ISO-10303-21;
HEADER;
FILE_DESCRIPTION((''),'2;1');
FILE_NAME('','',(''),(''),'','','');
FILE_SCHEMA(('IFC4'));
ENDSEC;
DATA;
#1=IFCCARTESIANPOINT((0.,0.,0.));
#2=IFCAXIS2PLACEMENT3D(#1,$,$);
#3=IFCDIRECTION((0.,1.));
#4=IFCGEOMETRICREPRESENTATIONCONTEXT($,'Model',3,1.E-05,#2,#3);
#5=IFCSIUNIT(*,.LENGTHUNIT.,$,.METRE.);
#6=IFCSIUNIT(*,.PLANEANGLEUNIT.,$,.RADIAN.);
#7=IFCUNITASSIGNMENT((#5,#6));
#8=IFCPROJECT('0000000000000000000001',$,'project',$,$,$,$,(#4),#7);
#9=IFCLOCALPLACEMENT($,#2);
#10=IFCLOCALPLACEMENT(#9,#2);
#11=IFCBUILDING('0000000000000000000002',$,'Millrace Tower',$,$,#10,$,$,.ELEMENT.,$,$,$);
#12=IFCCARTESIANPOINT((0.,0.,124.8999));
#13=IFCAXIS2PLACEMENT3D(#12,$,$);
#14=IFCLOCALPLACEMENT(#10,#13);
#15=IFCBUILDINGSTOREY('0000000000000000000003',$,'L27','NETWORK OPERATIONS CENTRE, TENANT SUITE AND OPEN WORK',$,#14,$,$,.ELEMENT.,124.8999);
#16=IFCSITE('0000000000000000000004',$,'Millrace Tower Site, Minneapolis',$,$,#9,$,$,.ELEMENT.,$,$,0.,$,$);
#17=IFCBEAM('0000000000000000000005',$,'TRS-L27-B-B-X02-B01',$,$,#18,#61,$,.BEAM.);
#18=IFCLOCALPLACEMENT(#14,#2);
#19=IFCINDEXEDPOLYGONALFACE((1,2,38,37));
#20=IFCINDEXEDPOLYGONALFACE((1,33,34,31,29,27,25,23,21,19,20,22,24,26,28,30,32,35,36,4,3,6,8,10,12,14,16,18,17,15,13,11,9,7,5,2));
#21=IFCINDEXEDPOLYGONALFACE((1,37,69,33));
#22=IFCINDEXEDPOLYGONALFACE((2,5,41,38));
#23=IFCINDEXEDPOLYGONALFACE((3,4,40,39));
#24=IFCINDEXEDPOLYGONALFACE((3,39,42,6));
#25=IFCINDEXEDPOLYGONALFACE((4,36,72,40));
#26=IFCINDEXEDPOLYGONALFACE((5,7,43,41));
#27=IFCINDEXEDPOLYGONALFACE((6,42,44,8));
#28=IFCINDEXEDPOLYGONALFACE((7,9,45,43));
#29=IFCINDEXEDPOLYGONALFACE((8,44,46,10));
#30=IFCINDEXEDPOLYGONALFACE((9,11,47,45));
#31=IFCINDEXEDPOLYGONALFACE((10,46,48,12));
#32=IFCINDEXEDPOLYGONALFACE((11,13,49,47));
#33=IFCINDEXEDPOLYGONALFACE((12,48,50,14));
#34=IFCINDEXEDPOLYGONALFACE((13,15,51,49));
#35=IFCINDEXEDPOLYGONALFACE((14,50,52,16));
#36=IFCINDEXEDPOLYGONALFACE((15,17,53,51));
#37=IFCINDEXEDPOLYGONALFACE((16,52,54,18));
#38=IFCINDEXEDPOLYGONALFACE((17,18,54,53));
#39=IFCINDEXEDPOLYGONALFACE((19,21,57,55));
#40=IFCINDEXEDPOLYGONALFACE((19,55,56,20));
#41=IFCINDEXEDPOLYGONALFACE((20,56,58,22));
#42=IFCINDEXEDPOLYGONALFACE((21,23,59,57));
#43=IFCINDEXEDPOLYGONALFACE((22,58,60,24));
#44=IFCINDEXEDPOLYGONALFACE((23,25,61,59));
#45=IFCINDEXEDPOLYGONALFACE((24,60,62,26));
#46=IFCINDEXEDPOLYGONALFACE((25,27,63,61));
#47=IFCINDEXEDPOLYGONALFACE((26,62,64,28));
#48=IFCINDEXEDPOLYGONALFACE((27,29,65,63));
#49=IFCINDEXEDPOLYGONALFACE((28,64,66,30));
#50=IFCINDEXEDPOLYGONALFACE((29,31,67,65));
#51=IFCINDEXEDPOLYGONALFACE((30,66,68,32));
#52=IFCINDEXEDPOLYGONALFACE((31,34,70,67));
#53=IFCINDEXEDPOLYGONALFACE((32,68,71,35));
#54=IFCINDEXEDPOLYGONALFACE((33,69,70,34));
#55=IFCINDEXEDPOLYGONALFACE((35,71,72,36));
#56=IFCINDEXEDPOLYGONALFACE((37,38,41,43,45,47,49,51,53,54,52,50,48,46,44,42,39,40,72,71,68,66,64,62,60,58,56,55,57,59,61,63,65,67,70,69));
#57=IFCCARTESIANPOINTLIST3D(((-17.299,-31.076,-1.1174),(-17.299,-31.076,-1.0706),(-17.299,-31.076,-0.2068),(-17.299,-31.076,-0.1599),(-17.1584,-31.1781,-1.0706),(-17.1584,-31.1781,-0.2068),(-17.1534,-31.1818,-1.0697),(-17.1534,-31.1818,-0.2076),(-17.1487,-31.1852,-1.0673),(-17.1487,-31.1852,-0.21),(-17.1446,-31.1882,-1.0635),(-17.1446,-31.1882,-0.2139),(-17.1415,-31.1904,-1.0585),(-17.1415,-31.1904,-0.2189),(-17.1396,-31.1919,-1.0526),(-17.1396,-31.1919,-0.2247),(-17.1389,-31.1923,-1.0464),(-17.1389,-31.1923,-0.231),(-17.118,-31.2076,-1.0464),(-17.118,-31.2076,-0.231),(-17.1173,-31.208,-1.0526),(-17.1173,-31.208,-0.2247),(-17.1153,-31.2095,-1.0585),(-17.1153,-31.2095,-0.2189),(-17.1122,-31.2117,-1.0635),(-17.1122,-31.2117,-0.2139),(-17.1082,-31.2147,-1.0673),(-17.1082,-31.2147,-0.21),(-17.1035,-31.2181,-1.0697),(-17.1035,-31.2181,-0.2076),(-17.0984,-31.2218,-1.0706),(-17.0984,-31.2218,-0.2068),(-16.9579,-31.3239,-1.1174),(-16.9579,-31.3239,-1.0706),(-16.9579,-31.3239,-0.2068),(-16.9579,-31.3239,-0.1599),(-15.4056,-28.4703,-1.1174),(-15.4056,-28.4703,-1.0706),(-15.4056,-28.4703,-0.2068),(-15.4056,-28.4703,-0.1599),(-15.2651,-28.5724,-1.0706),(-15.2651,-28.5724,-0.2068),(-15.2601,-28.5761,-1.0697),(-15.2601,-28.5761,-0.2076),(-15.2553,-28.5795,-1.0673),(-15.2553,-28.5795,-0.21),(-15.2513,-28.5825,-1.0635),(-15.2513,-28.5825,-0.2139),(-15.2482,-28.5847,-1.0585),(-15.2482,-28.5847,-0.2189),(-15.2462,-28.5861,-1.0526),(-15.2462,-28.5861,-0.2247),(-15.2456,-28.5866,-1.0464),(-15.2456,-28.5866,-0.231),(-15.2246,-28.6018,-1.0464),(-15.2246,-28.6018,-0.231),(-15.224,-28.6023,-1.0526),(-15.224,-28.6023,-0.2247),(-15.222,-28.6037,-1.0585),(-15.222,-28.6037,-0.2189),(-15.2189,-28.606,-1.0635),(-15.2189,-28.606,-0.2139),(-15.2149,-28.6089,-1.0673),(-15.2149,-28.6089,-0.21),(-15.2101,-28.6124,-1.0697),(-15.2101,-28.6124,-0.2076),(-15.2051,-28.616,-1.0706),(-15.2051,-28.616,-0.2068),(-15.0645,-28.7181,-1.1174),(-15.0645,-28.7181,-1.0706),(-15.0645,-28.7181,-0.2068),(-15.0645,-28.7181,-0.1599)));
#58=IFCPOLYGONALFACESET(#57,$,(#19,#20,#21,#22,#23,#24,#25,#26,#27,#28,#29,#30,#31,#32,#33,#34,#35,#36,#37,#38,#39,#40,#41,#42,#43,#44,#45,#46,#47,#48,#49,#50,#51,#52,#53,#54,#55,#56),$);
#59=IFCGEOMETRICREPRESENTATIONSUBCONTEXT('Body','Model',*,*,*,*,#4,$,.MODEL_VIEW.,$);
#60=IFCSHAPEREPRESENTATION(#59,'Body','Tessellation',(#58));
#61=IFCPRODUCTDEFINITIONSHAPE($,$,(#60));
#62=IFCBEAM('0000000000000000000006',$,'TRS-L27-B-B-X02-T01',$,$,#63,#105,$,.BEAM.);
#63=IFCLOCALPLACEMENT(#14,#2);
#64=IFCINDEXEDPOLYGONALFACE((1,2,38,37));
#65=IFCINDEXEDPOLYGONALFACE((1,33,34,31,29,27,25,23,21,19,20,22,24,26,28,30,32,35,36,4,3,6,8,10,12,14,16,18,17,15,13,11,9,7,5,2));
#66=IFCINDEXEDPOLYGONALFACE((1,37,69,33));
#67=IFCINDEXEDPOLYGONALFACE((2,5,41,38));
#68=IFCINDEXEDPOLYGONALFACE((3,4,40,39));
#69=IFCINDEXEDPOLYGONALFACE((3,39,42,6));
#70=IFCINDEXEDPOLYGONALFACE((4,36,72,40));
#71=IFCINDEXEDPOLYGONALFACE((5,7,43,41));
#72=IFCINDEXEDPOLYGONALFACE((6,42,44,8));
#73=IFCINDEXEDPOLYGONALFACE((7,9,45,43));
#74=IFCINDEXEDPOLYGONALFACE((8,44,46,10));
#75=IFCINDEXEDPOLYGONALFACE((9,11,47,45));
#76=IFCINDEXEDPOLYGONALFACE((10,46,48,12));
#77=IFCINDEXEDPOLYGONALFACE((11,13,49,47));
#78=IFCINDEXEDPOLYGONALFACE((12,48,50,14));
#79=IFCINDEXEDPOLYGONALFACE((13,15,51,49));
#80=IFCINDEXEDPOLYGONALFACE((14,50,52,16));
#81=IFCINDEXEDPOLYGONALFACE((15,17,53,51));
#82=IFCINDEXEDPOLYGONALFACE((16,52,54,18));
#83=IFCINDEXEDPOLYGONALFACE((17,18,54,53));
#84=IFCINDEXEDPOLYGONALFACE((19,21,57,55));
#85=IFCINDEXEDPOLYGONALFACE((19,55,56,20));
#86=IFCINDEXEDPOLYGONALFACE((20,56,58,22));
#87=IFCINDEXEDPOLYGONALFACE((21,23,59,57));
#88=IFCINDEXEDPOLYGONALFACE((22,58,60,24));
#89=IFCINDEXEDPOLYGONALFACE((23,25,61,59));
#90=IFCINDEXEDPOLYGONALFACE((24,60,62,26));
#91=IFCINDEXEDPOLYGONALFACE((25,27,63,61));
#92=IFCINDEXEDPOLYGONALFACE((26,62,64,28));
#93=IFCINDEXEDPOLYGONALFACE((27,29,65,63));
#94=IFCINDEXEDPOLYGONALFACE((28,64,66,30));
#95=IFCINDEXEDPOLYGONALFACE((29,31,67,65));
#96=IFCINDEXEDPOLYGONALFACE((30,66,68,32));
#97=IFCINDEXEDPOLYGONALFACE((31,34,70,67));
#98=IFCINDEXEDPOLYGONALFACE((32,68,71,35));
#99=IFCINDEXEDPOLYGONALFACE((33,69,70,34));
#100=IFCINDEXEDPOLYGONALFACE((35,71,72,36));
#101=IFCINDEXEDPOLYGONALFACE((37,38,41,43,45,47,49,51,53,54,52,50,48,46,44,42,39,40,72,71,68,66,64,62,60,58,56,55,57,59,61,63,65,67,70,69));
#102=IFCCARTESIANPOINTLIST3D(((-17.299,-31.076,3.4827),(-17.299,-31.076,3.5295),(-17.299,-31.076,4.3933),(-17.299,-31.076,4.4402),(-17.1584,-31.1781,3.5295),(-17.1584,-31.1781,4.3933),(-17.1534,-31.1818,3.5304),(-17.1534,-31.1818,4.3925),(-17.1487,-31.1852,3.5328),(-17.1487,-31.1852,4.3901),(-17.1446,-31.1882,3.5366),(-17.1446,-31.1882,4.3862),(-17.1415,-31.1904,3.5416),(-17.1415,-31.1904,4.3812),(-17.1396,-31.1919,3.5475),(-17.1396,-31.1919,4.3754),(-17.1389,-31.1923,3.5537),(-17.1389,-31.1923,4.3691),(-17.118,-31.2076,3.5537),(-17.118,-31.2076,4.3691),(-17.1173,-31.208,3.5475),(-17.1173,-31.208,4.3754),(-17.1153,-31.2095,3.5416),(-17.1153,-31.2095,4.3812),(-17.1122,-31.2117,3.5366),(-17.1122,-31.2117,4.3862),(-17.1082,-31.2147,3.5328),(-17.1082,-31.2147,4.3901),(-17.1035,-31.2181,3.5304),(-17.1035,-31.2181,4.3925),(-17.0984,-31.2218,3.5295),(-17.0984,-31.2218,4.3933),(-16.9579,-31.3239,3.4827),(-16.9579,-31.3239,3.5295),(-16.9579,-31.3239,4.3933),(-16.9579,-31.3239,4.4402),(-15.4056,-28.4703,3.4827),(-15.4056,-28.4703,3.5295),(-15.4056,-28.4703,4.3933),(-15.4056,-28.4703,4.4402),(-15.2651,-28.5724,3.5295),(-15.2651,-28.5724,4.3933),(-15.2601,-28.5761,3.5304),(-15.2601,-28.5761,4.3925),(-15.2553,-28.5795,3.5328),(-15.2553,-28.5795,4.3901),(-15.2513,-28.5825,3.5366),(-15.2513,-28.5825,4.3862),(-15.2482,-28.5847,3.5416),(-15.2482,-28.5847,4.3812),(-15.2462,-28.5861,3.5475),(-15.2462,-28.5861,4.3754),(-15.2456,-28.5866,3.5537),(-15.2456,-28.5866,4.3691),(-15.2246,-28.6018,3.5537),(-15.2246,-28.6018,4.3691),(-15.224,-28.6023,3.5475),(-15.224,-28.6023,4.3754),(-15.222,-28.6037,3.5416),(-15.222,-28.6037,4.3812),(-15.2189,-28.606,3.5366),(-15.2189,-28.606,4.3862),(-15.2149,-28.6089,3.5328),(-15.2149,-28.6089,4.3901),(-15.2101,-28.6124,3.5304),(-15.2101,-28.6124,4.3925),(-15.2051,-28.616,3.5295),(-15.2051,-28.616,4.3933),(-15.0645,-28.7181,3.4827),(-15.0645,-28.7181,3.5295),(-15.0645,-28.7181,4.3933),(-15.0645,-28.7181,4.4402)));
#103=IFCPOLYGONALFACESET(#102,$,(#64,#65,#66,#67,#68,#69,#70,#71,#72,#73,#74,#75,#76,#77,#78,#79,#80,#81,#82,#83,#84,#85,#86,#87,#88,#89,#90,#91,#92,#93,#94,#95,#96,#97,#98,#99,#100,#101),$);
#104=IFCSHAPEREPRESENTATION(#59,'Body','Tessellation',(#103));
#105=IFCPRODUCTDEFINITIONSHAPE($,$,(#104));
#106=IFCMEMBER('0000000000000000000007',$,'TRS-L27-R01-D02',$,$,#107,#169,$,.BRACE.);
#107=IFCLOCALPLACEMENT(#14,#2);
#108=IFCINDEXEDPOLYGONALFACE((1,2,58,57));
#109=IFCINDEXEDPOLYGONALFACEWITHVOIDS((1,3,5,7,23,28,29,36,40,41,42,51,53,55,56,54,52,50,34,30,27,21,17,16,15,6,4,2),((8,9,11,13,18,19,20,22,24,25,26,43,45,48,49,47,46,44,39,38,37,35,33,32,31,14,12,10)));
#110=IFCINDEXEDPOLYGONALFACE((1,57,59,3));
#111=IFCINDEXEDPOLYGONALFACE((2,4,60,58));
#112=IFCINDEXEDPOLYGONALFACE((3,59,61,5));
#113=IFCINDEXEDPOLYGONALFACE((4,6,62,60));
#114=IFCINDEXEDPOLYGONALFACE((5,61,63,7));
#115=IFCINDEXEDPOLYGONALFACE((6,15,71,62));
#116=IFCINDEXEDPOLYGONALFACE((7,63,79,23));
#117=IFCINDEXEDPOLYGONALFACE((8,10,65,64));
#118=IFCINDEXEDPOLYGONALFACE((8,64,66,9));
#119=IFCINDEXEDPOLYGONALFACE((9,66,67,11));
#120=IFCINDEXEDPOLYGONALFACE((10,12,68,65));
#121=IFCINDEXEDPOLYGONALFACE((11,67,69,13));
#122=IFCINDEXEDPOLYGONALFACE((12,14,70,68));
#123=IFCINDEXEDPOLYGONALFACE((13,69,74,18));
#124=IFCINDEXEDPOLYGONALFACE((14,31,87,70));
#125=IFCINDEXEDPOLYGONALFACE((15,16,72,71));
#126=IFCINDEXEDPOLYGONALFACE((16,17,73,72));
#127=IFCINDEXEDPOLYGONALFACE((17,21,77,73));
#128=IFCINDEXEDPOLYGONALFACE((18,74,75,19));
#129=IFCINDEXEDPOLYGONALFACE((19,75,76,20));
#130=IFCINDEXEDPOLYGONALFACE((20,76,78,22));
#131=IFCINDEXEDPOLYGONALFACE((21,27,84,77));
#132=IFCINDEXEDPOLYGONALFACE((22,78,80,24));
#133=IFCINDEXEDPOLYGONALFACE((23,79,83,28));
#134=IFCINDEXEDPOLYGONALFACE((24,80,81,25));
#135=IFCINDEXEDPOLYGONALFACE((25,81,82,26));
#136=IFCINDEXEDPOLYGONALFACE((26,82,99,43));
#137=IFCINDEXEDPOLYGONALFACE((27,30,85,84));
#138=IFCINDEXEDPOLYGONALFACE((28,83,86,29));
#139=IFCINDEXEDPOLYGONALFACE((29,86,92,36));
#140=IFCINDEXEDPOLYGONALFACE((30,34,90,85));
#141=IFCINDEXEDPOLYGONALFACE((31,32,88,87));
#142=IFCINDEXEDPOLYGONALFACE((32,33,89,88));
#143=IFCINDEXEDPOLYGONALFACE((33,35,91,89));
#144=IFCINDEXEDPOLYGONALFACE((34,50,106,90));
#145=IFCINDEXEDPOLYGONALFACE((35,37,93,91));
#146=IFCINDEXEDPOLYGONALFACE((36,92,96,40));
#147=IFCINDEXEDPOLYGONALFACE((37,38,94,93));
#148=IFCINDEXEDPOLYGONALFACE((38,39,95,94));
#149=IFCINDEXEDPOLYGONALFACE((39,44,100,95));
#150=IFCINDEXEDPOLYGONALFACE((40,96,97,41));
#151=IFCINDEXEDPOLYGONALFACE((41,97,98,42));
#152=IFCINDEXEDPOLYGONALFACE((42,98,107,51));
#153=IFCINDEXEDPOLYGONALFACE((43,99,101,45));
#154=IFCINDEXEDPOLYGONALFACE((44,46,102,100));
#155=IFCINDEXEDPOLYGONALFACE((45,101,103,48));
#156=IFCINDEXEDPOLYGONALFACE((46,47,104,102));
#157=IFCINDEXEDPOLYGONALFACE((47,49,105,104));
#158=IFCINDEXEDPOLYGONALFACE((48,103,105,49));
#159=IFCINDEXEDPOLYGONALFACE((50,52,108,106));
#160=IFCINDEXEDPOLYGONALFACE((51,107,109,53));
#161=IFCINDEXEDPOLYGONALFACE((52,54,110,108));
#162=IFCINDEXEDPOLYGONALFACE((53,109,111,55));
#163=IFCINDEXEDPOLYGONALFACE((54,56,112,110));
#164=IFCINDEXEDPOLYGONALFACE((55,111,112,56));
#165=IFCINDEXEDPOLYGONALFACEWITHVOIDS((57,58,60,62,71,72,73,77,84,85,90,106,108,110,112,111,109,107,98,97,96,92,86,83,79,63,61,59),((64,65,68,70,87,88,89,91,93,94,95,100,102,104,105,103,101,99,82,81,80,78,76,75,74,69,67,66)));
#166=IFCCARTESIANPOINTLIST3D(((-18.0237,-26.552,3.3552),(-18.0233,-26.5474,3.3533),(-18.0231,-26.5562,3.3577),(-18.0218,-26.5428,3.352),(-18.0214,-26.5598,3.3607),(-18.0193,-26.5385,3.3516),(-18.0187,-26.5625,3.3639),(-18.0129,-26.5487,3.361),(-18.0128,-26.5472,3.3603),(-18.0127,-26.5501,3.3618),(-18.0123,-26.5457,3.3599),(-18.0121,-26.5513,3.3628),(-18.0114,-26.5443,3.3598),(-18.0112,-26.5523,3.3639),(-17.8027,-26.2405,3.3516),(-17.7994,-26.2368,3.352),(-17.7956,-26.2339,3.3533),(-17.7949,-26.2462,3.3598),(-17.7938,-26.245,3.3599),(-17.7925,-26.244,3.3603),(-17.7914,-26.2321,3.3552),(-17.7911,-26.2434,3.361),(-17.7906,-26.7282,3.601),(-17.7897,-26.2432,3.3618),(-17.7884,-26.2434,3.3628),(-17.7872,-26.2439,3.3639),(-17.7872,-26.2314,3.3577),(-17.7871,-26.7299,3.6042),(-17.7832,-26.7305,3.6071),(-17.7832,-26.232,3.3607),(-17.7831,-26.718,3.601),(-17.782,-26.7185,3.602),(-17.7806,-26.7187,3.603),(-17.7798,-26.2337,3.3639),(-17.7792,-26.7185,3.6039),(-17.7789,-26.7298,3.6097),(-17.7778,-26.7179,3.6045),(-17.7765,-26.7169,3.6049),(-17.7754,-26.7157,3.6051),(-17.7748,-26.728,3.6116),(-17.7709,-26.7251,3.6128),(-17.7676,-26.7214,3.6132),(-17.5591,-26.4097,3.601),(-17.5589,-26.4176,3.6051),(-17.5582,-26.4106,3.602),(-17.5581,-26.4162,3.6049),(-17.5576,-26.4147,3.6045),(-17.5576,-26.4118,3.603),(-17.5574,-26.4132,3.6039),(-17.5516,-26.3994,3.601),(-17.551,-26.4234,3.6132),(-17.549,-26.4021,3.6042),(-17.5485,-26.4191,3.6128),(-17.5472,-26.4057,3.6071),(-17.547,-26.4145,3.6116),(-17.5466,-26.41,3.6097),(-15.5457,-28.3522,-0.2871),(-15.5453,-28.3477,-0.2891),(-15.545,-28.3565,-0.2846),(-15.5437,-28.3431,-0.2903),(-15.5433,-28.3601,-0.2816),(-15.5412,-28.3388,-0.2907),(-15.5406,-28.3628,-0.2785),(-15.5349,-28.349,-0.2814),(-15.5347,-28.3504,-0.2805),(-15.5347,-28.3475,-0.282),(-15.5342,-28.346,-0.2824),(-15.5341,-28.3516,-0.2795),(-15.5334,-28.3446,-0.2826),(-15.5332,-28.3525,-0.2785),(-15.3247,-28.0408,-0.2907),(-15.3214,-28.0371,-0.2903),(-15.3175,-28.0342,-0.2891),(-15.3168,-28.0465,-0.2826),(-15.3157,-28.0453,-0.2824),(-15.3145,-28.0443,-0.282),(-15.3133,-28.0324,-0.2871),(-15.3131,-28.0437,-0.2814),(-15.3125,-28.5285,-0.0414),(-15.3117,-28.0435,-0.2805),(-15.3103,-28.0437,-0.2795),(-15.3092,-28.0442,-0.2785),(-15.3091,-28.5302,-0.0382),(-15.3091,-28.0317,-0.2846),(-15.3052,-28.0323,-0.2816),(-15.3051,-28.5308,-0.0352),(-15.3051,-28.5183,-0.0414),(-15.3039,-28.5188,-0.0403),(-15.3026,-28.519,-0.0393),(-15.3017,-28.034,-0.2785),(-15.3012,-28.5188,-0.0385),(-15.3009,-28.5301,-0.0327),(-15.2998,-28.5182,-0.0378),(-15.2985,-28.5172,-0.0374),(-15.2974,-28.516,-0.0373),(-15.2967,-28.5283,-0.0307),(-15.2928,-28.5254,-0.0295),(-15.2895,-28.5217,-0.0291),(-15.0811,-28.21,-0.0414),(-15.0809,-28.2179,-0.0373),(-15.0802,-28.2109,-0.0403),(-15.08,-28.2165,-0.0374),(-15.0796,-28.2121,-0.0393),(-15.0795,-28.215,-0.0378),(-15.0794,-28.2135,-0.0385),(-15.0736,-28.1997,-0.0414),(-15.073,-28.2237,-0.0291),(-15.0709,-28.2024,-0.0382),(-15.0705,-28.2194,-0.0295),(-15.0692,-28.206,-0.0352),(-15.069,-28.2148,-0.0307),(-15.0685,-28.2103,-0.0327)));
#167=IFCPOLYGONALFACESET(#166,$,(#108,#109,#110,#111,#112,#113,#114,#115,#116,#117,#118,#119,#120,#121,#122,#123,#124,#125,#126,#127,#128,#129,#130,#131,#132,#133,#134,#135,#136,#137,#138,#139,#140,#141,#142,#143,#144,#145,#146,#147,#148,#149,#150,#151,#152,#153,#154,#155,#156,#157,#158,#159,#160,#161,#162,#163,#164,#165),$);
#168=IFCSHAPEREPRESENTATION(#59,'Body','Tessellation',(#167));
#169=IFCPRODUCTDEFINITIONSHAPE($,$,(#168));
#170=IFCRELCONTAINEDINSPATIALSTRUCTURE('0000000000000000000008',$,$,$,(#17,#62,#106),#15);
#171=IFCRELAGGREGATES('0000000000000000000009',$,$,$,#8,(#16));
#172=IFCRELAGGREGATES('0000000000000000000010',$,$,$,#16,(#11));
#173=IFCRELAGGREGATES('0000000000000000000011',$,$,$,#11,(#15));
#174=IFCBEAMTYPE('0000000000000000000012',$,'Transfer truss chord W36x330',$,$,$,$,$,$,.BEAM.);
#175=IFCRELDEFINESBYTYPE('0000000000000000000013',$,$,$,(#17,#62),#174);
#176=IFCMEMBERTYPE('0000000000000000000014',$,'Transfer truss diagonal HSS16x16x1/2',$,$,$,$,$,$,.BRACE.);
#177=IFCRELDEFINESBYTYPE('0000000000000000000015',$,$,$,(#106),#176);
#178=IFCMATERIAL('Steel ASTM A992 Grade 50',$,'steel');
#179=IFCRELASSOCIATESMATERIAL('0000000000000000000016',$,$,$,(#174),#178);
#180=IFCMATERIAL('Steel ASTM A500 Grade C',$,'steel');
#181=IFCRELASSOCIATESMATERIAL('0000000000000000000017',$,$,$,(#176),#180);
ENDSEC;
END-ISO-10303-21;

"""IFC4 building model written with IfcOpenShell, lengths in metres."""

from ifc_helpers import new_model, si_unit, direction, frame, origin, origin_2d, place, context, subcontext, project, spatial, hollow_rectangle, i_section, extrude, material, material_profile, profile_set, type_object, element, save


model = new_model("IFC4")

# Units and contexts
model_context = context("Model", 3, precision=1e-05, world=origin(), true_north=direction((0.0, 1.0)))
body_context = subcontext(model_context, "Body", "Model", "MODEL_VIEW")
ifc_project = project(units=[si_unit("LENGTHUNIT", "METRE"), si_unit("PLANEANGLEUNIT", "RADIAN")], contexts=[model_context])

# Site, building, storey
site_placement = place(None, origin())
site = spatial("IfcSite", under=ifc_project, at=site_placement, Name="Millrace Tower Site, Minneapolis", CompositionType="ELEMENT", RefElevation=0.0)
building_placement = place(site_placement, origin())
building = spatial("IfcBuilding", under=site, at=building_placement, Name="Millrace Tower", CompositionType="ELEMENT")
storey_placement = place(building_placement, frame((0.0, 0.0, 124.8999)))
storey = spatial("IfcBuildingStorey", under=building, at=storey_placement, Name="L27", Description="NETWORK OPERATIONS CENTRE, TENANT SUITE AND OPEN WORK", CompositionType="ELEMENT", Elevation=124.8999)

# Beams
ifc_material_1 = material(Name="Steel ASTM A992 Grade 50", Category="steel")
ifc_material_profile_1 = material_profile(ifc_material_1, i_section(OverallWidth=0.4216, OverallDepth=0.9575, WebThickness=0.0259, FlangeThickness=0.0469, FilletRadius=0.0242, at=origin_2d()))
ifc_profile_set_1 = profile_set([ifc_material_profile_1], Name="Steel ASTM A992 Grade 50")
beam_type_1 = type_object("IfcBeamType", Name="Transfer truss chord W36x330", PredefinedType="BEAM", material=ifc_profile_set_1)
for number, where, z_axis, x_axis, name in (
    (1, (-17.1284, -31.2, -0.6387), (0.587816, 0.808995, 0.0), (-0.808995, 0.587816, 0.0), "TRS-L27-B-B-X02-B01"),
    (2, (-17.1284, -31.2, 3.9614), (0.587816, 0.808995, 0.0), (-0.808995, 0.587816, 0.0), "TRS-L27-B-B-X02-T01"),
):
    element("IfcBeam", number, at=place(storey_placement, frame(where, z_axis=z_axis, x_axis=x_axis)), inside=storey, type_object=beam_type_1, Name=name, PredefinedType="BEAM", context=body_context, shape_type="SweptSolid", body=[
        extrude(i_section(OverallWidth=0.4216, OverallDepth=0.9575, WebThickness=0.0259, FlangeThickness=0.0469, FilletRadius=0.0242, at=origin_2d()), origin(), (0.0, 0.0, 1.0), 3.2209),
    ])

# Member
ifc_material_2 = material(Name="Steel ASTM A500 Grade C", Category="steel")
ifc_material_profile_2 = material_profile(ifc_material_2, hollow_rectangle(XDim=0.4065, YDim=0.4065, WallThickness=0.0127, InnerFilletRadius=0.0063, OuterFilletRadius=0.019, at=origin_2d()))
ifc_profile_set_2 = profile_set([ifc_material_profile_2], Name="Steel ASTM A500 Grade C")
member_type_1 = type_object("IfcMemberType", Name="Transfer truss diagonal HSS16x16x1/2", PredefinedType="BRACE", material=ifc_profile_set_2)
member_1_placement = place(storey_placement, frame((-15.3071, -28.2812, -0.1599), z_axis=(-0.520701, 0.378291, 0.765354), x_axis=(-0.587764, -0.809032, 0.0)))
element("IfcMember", 3, at=member_1_placement, inside=storey, type_object=member_type_1, Name="TRS-L27-R01-D02", PredefinedType="BRACE", context=body_context, shape_type="SweptSolid", body=[
    extrude(hollow_rectangle(XDim=0.4065, YDim=0.4065, WallThickness=0.0127, InnerFilletRadius=0.0063, OuterFilletRadius=0.019, at=origin_2d()), origin(), (0.0, 0.0, 1.0), 4.759),
])

save(model, "model.ifc")
